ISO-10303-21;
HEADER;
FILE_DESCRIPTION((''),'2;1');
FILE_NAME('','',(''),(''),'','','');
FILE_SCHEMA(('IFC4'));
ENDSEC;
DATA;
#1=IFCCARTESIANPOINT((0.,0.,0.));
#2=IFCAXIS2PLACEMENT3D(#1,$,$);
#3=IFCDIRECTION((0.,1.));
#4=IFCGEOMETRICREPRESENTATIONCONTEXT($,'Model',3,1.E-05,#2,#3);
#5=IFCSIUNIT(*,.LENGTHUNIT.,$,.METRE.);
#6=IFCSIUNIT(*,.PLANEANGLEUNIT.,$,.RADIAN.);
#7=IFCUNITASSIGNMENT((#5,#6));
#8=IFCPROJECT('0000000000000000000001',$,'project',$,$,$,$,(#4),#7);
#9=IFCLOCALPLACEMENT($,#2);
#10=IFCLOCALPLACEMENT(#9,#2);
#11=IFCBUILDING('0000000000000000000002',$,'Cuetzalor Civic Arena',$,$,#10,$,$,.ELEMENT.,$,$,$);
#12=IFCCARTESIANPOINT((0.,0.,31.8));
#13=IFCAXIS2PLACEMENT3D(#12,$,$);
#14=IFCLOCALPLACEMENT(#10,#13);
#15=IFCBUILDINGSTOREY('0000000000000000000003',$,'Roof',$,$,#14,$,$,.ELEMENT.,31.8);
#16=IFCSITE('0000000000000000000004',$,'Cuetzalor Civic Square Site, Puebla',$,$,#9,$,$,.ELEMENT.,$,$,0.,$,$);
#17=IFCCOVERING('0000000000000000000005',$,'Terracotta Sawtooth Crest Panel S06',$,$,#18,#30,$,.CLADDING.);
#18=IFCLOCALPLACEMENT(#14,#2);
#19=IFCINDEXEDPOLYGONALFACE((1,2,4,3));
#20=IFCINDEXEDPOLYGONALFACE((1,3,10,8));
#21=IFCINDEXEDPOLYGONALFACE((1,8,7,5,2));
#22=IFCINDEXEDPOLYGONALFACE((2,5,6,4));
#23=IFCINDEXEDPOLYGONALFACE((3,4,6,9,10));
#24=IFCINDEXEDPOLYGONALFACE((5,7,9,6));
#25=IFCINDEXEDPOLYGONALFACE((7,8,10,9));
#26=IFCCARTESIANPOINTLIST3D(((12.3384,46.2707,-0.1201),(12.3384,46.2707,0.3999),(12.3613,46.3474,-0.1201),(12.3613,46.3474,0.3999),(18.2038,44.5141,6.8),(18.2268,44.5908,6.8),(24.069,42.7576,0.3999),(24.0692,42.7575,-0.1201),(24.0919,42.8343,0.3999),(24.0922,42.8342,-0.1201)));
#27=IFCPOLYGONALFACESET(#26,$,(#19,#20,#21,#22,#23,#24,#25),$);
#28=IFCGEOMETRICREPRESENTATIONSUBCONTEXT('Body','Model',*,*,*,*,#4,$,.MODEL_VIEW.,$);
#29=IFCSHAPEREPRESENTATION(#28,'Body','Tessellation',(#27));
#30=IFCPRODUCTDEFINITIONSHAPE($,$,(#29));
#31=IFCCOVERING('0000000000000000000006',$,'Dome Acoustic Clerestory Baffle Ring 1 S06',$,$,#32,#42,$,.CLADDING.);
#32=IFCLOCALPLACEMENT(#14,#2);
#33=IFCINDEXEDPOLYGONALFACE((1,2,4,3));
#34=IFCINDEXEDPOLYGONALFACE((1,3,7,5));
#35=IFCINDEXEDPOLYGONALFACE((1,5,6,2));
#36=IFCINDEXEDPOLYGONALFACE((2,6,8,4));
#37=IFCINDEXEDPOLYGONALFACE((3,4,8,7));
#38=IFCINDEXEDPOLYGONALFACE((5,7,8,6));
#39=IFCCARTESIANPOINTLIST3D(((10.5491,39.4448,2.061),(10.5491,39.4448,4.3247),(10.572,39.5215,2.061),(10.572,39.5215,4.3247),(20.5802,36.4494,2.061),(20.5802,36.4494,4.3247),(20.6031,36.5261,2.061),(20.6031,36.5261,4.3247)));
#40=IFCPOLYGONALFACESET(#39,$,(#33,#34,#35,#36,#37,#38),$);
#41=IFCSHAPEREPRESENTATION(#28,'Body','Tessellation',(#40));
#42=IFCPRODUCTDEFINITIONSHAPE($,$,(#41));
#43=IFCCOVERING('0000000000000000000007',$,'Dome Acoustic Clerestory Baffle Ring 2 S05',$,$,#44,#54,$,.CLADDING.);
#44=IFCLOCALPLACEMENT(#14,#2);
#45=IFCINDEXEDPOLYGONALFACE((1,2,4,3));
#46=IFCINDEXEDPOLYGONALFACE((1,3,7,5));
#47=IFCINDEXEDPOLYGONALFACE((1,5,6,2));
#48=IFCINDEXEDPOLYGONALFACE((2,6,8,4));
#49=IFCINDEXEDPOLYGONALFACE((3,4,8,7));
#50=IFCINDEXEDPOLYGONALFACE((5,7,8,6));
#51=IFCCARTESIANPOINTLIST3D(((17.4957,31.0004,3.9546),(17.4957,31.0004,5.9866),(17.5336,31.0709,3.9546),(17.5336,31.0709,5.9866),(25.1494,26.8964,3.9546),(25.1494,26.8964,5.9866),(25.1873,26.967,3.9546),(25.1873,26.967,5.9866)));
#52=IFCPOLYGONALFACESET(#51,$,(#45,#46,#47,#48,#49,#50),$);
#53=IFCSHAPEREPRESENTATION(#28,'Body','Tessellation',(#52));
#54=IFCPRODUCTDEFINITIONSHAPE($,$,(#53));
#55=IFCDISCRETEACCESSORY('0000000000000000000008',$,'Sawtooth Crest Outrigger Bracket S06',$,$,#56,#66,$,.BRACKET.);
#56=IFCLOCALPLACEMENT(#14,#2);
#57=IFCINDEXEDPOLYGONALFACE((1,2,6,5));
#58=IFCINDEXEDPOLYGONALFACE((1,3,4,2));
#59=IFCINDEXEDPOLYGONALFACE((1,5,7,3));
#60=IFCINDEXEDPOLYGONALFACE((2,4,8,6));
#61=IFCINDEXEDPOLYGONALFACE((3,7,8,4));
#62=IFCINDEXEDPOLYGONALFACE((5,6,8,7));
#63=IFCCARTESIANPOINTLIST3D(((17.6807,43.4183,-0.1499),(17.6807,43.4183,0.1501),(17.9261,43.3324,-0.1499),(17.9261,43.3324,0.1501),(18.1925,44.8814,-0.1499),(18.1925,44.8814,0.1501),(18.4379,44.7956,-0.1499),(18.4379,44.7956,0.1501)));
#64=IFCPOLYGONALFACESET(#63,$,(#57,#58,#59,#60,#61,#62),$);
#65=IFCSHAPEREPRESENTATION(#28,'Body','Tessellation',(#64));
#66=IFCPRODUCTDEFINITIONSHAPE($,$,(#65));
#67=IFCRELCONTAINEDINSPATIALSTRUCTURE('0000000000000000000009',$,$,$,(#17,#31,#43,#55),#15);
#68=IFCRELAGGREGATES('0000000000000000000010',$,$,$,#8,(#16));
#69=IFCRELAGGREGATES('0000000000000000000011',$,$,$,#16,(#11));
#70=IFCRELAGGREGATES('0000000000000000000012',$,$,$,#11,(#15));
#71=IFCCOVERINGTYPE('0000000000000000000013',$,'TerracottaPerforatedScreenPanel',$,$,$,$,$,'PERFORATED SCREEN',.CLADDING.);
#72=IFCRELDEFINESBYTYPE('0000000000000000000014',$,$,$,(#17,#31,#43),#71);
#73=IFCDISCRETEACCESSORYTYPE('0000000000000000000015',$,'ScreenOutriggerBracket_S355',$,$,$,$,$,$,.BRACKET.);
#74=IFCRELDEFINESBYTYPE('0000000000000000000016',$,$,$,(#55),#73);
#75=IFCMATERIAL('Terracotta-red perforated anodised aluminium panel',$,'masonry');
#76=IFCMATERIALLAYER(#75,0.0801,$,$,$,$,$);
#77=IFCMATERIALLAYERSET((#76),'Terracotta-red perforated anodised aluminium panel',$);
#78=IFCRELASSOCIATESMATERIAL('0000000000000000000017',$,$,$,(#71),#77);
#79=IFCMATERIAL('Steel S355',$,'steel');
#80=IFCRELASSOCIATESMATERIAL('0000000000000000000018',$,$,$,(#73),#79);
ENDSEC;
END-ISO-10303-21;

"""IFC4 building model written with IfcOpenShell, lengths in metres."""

from ifc_helpers import new_model, si_unit, direction, frame, frame_2d, origin, origin_2d, place, context, subcontext, project, spatial, polyline, rectangle, outline, extrude, material, layer, layer_set, type_object, element, save


model = new_model("IFC4")

# Units and contexts
model_context = context("Model", 3, precision=1e-05, world=origin(), true_north=direction((0.0, 1.0)))
body_context = subcontext(model_context, "Body", "Model", "MODEL_VIEW")
ifc_project = project(units=[si_unit("LENGTHUNIT", "METRE"), si_unit("PLANEANGLEUNIT", "RADIAN")], contexts=[model_context])

# Site, building, storey
site_placement = place(None, origin())
site = spatial("IfcSite", under=ifc_project, at=site_placement, Name="Cuetzalor Civic Square Site, Puebla", CompositionType="ELEMENT", RefElevation=0.0)
building_placement = place(site_placement, origin())
building = spatial("IfcBuilding", under=site, at=building_placement, Name="Cuetzalor Civic Arena", CompositionType="ELEMENT")
storey_placement = place(building_placement, frame((0.0, 0.0, 31.8)))
storey = spatial("IfcBuildingStorey", under=building, at=storey_placement, Name="Roof", CompositionType="ELEMENT", Elevation=31.8)

# Coverings
ifc_material_1 = material(Name="Terracotta-red perforated anodised aluminium panel", Category="masonry")
ifc_layer_1 = layer(ifc_material_1, 0.0801)
ifc_layer_set_1 = layer_set([ifc_layer_1], Name="Terracotta-red perforated anodised aluminium panel")
covering_type = type_object("IfcCoveringType", Name="TerracottaPerforatedScreenPanel", ElementType="PERFORATED SCREEN", PredefinedType="CLADDING", material=ifc_layer_set_1)
covering_1_placement = place(storey_placement, frame((12.3499, 46.3091, -0.1201), z_axis=(0.0, 0.0, 1.0), x_axis=(0.957962, -0.286896, 0.0)))
element("IfcCovering", 1, at=covering_1_placement, inside=storey, type_object=covering_type, Name="Terracotta Sawtooth Crest Panel S06", PredefinedType="CLADDING", context=body_context, shape_type="SweptSolid", body=[
    extrude(outline(polyline([(0.0, 0.0), (12.2456, 0.0), (12.2454, 0.52), (6.1228, 6.9202), (0.0, 0.52), (0.0, 0.0)])), frame((0.0, 0.04, 0.0), z_axis=(0.0, -1.0, 0.0), x_axis=(1.0, 0.0, 0.0)), (0.0, 0.0, 1.0), 0.0801),
])
covering_2_placement = place(storey_placement, frame((10.5605, 39.4832, 2.061), z_axis=(0.0, 0.0, 1.0), x_axis=(0.958192, -0.286126, 0.0)))
element("IfcCovering", 2, at=covering_2_placement, inside=storey, type_object=covering_type, Name="Dome Acoustic Clerestory Baffle Ring 1 S06", PredefinedType="CLADDING", context=body_context, shape_type="SweptSolid", body=[
    extrude(rectangle(XDim=10.4688, YDim=0.0801, at=frame_2d((5.2344, 0.0))), origin(), (0.0, 0.0, 1.0), 2.2637),
])
covering_3_placement = place(storey_placement, frame((17.5146, 31.0356, 3.9546), z_axis=(0.0, 0.0, 1.0), x_axis=(0.8813, -0.472557, 0.0)))
element("IfcCovering", 3, at=covering_3_placement, inside=storey, type_object=covering_type, Name="Dome Acoustic Clerestory Baffle Ring 2 S05", PredefinedType="CLADDING", context=body_context, shape_type="SweptSolid", body=[
    extrude(rectangle(XDim=8.6846, YDim=0.0801, at=frame_2d((4.3423, 0.0))), origin(), (0.0, 0.0, 1.0), 2.032),
])

# Discrete accessory
ifc_material_2 = material(Name="Steel S355", Category="steel")
discrete_accessory_type = type_object("IfcDiscreteAccessoryType", Name="ScreenOutriggerBracket_S355", PredefinedType="BRACKET", material=ifc_material_2)
discrete_accessory_placement = place(storey_placement, frame((18.0593, 44.1069, -0.1499), z_axis=(0.0, 0.0, 1.0), x_axis=(0.330185, 0.943916, 0.0)))
element("IfcDiscreteAccessory", 4, at=discrete_accessory_placement, inside=storey, type_object=discrete_accessory_type, Name="Sawtooth Crest Outrigger Bracket S06", PredefinedType="BRACKET", context=body_context, shape_type="SweptSolid", body=[
    extrude(rectangle(XDim=1.55, YDim=0.26, at=origin_2d()), origin(), (0.0, 0.0, 1.0), 0.3),
])

save(model, "model.ifc")
